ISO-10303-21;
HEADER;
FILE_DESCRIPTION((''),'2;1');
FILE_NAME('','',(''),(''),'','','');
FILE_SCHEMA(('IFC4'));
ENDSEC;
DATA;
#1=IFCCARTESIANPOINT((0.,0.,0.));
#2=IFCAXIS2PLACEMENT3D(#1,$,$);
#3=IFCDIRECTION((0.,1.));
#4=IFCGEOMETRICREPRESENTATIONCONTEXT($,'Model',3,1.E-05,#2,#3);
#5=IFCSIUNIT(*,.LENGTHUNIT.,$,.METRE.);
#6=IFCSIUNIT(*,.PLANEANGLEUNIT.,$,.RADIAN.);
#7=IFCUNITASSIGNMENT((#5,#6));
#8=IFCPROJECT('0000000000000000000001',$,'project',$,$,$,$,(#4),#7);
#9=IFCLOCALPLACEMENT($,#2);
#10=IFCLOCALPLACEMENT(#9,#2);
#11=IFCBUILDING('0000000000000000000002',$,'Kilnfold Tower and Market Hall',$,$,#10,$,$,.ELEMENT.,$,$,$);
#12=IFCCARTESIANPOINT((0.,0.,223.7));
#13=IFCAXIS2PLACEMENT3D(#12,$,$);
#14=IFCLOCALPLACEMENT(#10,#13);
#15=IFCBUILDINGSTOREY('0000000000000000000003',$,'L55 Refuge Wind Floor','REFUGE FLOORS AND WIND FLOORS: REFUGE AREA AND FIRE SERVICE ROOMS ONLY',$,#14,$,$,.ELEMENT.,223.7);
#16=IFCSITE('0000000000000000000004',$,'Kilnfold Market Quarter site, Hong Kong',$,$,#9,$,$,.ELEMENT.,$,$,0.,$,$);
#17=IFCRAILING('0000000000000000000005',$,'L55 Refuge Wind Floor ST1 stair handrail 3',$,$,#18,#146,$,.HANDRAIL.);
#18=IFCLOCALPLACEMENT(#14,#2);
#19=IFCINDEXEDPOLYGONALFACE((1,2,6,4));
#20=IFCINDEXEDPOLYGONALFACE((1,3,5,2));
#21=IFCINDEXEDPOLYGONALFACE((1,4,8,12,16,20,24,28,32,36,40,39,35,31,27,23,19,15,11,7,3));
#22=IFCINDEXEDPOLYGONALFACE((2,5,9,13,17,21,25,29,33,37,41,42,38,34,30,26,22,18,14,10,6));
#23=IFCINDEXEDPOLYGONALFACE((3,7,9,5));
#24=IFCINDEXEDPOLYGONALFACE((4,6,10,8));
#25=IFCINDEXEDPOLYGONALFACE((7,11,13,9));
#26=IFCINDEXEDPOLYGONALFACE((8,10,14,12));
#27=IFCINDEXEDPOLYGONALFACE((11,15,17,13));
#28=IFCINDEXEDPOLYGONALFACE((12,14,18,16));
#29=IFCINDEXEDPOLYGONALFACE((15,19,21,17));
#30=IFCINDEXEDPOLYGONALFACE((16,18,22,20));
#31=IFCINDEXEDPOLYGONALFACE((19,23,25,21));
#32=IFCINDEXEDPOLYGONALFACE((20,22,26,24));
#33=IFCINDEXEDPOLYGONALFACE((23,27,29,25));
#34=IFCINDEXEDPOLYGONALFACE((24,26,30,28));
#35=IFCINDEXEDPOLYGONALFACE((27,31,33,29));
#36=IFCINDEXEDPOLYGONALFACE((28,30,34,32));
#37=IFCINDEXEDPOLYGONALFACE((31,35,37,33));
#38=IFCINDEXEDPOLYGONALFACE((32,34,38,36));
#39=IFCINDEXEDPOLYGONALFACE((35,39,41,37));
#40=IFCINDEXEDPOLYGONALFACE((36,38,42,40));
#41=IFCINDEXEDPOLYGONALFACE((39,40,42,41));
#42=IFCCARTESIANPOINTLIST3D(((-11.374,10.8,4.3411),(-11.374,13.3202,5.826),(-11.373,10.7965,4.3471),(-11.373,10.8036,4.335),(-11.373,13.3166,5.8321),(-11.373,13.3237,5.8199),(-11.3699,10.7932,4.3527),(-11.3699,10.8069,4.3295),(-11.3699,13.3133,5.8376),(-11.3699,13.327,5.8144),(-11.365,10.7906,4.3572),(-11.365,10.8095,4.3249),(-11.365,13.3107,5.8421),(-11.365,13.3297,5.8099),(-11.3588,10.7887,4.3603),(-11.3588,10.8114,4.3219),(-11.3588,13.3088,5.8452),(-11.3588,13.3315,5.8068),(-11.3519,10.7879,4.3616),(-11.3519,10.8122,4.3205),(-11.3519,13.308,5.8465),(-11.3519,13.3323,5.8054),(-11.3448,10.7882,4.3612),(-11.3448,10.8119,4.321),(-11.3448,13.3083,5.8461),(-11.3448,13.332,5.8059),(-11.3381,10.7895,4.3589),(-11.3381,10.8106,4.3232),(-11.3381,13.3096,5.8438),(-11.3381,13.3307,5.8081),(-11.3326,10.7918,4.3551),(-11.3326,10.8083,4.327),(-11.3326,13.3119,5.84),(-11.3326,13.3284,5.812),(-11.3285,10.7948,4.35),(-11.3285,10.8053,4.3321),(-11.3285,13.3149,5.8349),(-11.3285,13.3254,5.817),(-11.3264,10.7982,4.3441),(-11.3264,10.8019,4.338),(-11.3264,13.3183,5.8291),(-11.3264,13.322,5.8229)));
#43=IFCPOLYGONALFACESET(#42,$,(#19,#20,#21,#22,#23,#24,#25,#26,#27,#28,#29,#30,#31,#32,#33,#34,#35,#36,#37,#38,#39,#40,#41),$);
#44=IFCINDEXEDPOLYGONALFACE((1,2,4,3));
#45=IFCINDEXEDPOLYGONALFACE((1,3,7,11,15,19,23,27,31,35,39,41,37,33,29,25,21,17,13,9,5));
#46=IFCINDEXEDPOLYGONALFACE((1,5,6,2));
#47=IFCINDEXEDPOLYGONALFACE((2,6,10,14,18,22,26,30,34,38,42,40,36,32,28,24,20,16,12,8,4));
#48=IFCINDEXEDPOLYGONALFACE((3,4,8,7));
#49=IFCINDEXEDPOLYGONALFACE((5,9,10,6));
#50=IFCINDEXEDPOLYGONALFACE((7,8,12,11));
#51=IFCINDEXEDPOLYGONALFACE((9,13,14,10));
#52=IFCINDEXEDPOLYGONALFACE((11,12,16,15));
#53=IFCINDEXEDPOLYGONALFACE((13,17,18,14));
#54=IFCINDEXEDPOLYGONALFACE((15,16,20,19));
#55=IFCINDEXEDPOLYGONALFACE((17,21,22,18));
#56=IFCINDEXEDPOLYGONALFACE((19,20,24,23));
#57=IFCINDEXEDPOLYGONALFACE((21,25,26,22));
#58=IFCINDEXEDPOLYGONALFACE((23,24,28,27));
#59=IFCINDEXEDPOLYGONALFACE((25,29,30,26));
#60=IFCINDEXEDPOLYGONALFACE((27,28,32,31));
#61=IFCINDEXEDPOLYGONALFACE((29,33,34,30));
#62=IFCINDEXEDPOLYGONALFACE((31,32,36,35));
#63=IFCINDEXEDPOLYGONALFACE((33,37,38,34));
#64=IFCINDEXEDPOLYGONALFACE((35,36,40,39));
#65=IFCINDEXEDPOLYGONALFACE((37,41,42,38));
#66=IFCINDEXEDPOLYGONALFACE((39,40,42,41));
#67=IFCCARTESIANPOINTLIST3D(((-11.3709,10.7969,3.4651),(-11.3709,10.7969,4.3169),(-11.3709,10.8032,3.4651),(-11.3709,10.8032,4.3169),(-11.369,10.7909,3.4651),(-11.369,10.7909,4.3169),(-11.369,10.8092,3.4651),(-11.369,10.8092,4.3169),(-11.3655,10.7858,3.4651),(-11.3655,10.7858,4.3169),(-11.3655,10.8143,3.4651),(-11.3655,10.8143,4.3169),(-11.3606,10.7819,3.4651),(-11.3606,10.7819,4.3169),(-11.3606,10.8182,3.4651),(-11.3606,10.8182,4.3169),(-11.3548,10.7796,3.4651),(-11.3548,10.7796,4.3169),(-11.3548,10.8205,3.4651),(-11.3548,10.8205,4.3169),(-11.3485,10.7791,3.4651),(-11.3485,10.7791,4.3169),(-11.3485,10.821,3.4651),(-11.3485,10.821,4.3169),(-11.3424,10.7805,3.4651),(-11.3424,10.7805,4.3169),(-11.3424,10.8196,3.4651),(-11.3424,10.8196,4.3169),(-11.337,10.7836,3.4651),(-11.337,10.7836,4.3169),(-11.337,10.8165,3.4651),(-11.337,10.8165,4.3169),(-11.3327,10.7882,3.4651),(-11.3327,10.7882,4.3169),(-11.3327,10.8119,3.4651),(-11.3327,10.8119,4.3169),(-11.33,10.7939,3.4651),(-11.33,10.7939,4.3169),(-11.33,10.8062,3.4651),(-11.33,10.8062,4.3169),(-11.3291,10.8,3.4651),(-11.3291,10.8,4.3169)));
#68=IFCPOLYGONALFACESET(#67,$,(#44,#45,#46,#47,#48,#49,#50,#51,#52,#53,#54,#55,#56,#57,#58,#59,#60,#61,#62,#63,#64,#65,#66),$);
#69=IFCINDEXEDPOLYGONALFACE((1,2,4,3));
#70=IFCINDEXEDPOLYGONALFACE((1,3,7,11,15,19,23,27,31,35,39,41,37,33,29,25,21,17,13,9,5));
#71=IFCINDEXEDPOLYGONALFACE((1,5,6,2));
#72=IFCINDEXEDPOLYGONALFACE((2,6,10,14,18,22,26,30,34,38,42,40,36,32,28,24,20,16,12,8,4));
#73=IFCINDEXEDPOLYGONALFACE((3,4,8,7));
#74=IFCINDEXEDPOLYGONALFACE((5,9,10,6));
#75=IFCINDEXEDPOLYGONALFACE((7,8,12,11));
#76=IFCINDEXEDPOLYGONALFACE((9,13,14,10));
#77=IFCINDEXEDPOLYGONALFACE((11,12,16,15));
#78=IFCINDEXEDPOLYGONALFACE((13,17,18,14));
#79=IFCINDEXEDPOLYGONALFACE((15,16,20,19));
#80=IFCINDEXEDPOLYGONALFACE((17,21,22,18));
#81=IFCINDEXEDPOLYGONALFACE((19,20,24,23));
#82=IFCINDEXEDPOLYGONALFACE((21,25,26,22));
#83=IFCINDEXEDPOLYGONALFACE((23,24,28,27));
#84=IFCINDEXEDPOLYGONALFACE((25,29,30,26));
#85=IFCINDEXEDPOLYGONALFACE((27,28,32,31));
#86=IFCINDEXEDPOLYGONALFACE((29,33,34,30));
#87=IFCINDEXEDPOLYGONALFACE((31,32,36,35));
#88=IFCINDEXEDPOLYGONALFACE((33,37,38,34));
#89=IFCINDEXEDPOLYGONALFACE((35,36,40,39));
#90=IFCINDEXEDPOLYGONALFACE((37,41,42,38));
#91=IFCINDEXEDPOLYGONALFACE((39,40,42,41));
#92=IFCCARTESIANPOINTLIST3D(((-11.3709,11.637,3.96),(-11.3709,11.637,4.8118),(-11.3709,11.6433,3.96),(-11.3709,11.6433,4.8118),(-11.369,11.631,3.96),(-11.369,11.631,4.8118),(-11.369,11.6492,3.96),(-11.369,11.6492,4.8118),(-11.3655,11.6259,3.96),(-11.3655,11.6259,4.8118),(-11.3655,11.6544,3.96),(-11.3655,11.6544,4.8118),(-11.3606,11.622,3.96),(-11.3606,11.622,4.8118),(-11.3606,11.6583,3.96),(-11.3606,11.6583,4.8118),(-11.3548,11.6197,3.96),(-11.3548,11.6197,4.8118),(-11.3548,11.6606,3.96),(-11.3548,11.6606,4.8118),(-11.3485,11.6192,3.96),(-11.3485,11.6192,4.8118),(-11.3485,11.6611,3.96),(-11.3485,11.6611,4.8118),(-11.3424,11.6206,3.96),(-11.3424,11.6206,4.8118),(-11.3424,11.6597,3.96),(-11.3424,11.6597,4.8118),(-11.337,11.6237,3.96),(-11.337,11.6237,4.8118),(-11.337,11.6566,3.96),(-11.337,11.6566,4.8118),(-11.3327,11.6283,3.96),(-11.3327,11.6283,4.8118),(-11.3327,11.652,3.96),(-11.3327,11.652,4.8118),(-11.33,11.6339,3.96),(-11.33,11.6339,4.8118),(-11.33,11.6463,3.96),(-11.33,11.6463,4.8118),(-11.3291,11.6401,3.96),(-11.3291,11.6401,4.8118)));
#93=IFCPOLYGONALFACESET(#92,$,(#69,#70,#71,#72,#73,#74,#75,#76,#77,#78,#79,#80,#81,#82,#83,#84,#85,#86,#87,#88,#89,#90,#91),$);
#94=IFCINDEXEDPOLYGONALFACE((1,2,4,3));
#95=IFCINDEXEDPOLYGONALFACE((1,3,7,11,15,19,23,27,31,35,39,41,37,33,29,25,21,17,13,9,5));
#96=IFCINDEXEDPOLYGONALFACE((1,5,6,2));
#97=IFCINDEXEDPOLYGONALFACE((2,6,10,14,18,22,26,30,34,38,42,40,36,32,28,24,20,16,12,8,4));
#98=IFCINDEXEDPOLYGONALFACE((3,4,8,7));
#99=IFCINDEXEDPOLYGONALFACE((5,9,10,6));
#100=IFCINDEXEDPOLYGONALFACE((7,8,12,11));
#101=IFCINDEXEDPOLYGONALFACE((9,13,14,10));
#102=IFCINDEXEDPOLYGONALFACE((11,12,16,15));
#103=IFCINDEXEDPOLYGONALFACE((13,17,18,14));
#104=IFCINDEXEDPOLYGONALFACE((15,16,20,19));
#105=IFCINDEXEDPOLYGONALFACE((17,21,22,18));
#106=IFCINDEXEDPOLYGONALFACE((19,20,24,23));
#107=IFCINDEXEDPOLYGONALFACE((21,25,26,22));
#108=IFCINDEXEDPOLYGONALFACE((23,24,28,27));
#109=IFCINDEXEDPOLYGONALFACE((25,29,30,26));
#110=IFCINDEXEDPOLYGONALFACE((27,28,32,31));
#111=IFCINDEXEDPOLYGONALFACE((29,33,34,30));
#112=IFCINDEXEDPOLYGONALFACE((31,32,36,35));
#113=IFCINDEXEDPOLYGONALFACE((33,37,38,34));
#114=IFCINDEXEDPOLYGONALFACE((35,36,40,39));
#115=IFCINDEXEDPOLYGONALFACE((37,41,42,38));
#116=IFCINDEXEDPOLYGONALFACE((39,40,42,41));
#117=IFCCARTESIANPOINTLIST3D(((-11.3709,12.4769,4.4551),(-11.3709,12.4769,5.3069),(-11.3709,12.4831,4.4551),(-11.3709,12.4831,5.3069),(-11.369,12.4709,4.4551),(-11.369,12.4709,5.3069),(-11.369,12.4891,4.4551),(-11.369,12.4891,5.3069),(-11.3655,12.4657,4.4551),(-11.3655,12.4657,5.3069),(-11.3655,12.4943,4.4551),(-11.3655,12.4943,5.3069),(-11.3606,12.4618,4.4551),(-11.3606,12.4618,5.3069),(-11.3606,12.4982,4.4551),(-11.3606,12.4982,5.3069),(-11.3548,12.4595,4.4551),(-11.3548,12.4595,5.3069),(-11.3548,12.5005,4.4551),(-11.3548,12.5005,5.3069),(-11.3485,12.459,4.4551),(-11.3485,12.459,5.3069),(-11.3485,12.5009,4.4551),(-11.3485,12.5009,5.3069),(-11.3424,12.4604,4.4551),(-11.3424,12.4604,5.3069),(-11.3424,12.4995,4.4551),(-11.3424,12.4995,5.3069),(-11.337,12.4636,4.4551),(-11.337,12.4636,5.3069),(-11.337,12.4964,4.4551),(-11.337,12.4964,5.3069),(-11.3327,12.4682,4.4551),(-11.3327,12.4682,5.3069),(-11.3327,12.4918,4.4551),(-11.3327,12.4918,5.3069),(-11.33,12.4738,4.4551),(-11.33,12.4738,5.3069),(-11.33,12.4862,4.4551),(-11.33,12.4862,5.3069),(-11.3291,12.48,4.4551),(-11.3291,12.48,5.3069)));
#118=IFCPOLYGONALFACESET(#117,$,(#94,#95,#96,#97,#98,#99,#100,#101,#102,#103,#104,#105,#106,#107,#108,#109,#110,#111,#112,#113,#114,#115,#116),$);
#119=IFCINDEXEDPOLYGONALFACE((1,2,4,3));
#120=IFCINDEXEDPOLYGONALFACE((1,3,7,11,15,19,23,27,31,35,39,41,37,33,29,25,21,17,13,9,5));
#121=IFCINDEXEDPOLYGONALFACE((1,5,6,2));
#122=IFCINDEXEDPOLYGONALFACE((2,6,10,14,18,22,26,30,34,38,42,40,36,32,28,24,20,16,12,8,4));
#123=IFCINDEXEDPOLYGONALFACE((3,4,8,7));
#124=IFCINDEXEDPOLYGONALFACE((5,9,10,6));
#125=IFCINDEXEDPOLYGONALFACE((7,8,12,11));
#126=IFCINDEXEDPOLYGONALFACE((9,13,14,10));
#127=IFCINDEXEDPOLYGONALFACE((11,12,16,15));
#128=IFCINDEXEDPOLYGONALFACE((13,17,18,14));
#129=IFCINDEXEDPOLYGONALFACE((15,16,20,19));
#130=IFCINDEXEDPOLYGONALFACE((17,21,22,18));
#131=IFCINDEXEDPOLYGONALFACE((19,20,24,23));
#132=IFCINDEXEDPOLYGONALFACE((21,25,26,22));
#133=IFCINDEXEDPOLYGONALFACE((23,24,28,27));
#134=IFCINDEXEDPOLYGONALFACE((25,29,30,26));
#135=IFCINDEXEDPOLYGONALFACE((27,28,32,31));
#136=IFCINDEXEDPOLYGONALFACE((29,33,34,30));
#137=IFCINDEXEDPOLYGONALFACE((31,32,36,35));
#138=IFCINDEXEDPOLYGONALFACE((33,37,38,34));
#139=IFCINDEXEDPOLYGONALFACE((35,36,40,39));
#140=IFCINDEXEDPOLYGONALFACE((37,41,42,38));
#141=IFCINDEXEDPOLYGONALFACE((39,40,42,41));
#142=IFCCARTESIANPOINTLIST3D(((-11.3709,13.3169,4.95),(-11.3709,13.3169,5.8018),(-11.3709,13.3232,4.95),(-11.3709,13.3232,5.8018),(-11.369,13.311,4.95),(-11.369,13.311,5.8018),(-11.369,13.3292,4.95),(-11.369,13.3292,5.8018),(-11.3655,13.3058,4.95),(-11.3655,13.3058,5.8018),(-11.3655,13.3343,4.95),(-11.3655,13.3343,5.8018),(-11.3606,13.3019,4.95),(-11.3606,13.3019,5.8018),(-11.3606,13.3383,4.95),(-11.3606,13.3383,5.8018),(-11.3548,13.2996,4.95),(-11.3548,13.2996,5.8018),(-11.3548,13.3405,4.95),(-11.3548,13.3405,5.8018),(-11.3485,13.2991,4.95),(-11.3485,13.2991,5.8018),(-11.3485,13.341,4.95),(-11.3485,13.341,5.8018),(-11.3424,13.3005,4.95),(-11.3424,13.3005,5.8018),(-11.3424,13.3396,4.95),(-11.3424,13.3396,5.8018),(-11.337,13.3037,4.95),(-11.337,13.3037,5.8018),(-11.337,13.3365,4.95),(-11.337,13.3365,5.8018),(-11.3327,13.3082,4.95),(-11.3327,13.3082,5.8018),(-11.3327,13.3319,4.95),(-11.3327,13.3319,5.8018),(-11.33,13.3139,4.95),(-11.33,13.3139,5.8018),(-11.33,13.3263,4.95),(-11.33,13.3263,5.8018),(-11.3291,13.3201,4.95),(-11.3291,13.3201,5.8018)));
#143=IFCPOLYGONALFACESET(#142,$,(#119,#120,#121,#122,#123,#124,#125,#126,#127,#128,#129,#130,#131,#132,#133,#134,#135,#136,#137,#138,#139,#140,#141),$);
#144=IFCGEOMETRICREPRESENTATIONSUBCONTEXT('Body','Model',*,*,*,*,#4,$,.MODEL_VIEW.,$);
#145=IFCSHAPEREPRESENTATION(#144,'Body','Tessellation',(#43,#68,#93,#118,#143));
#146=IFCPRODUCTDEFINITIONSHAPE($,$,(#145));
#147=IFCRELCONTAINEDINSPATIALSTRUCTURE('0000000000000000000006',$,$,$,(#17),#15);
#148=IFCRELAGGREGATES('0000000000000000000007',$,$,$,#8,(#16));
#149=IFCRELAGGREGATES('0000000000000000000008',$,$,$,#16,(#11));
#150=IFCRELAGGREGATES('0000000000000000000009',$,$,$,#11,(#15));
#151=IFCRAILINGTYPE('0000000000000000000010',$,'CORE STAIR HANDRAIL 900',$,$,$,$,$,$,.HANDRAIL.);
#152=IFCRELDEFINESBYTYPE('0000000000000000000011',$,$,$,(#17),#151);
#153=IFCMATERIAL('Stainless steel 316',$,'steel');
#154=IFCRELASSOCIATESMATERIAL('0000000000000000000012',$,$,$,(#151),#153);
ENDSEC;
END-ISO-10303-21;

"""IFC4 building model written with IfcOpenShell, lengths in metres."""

from ifc_helpers import new_model, si_unit, direction, frame, origin, origin_2d, place, context, subcontext, project, spatial, circle, extrude, material, type_object, element, save


model = new_model("IFC4")

# Units and contexts
model_context = context("Model", 3, precision=1e-05, world=origin(), true_north=direction((0.0, 1.0)))
body_context = subcontext(model_context, "Body", "Model", "MODEL_VIEW")
ifc_project = project(units=[si_unit("LENGTHUNIT", "METRE"), si_unit("PLANEANGLEUNIT", "RADIAN")], contexts=[model_context])

# Site, building, storey
site_placement = place(None, origin())
site = spatial("IfcSite", under=ifc_project, at=site_placement, Name="Kilnfold Market Quarter site, Hong Kong", CompositionType="ELEMENT", RefElevation=0.0)
building_placement = place(site_placement, origin())
building = spatial("IfcBuilding", under=site, at=building_placement, Name="Kilnfold Tower and Market Hall", CompositionType="ELEMENT")
storey_placement = place(building_placement, frame((0.0, 0.0, 223.7)))
storey = spatial("IfcBuildingStorey", under=building, at=storey_placement, Name="L55 Refuge Wind Floor", Description="REFUGE FLOORS AND WIND FLOORS: REFUGE AREA AND FIRE SERVICE ROOMS ONLY", CompositionType="ELEMENT", Elevation=223.7)

# Railing
ifc_material_1 = material(Name="Stainless steel 316", Category="steel")
railing_type_1 = type_object("IfcRailingType", Name="CORE STAIR HANDRAIL 900", PredefinedType="HANDRAIL", material=ifc_material_1)
railing_1_placement = place(storey_placement, frame((-11.3501, 10.8, 3.4651)))
element("IfcRailing", 1, at=railing_1_placement, inside=storey, type_object=railing_type_1, Name="L55 Refuge Wind Floor ST1 stair handrail 3", PredefinedType="HANDRAIL", context=body_context, shape_type="SweptSolid", body=[
    extrude(circle(Radius=0.0239, at=origin_2d()), frame((0.0, 0.0, 0.876), z_axis=(0.0, 0.861561, 0.507655), x_axis=(-1.0, 0.0, 0.0)), (0.0, 0.0, 1.0), 2.925),
    extrude(circle(Radius=0.021, at=origin_2d()), origin(), (0.0, 0.0, 1.0), 0.8518),
    extrude(circle(Radius=0.021, at=origin_2d()), frame((0.0, 0.8401, 0.4949)), (0.0, 0.0, 1.0), 0.8518),
    extrude(circle(Radius=0.021, at=origin_2d()), frame((0.0, 1.6799, 0.99)), (0.0, 0.0, 1.0), 0.8518),
    extrude(circle(Radius=0.021, at=origin_2d()), frame((0.0, 2.52, 1.4849)), (0.0, 0.0, 1.0), 0.8518),
])

save(model, "model.ifc")
